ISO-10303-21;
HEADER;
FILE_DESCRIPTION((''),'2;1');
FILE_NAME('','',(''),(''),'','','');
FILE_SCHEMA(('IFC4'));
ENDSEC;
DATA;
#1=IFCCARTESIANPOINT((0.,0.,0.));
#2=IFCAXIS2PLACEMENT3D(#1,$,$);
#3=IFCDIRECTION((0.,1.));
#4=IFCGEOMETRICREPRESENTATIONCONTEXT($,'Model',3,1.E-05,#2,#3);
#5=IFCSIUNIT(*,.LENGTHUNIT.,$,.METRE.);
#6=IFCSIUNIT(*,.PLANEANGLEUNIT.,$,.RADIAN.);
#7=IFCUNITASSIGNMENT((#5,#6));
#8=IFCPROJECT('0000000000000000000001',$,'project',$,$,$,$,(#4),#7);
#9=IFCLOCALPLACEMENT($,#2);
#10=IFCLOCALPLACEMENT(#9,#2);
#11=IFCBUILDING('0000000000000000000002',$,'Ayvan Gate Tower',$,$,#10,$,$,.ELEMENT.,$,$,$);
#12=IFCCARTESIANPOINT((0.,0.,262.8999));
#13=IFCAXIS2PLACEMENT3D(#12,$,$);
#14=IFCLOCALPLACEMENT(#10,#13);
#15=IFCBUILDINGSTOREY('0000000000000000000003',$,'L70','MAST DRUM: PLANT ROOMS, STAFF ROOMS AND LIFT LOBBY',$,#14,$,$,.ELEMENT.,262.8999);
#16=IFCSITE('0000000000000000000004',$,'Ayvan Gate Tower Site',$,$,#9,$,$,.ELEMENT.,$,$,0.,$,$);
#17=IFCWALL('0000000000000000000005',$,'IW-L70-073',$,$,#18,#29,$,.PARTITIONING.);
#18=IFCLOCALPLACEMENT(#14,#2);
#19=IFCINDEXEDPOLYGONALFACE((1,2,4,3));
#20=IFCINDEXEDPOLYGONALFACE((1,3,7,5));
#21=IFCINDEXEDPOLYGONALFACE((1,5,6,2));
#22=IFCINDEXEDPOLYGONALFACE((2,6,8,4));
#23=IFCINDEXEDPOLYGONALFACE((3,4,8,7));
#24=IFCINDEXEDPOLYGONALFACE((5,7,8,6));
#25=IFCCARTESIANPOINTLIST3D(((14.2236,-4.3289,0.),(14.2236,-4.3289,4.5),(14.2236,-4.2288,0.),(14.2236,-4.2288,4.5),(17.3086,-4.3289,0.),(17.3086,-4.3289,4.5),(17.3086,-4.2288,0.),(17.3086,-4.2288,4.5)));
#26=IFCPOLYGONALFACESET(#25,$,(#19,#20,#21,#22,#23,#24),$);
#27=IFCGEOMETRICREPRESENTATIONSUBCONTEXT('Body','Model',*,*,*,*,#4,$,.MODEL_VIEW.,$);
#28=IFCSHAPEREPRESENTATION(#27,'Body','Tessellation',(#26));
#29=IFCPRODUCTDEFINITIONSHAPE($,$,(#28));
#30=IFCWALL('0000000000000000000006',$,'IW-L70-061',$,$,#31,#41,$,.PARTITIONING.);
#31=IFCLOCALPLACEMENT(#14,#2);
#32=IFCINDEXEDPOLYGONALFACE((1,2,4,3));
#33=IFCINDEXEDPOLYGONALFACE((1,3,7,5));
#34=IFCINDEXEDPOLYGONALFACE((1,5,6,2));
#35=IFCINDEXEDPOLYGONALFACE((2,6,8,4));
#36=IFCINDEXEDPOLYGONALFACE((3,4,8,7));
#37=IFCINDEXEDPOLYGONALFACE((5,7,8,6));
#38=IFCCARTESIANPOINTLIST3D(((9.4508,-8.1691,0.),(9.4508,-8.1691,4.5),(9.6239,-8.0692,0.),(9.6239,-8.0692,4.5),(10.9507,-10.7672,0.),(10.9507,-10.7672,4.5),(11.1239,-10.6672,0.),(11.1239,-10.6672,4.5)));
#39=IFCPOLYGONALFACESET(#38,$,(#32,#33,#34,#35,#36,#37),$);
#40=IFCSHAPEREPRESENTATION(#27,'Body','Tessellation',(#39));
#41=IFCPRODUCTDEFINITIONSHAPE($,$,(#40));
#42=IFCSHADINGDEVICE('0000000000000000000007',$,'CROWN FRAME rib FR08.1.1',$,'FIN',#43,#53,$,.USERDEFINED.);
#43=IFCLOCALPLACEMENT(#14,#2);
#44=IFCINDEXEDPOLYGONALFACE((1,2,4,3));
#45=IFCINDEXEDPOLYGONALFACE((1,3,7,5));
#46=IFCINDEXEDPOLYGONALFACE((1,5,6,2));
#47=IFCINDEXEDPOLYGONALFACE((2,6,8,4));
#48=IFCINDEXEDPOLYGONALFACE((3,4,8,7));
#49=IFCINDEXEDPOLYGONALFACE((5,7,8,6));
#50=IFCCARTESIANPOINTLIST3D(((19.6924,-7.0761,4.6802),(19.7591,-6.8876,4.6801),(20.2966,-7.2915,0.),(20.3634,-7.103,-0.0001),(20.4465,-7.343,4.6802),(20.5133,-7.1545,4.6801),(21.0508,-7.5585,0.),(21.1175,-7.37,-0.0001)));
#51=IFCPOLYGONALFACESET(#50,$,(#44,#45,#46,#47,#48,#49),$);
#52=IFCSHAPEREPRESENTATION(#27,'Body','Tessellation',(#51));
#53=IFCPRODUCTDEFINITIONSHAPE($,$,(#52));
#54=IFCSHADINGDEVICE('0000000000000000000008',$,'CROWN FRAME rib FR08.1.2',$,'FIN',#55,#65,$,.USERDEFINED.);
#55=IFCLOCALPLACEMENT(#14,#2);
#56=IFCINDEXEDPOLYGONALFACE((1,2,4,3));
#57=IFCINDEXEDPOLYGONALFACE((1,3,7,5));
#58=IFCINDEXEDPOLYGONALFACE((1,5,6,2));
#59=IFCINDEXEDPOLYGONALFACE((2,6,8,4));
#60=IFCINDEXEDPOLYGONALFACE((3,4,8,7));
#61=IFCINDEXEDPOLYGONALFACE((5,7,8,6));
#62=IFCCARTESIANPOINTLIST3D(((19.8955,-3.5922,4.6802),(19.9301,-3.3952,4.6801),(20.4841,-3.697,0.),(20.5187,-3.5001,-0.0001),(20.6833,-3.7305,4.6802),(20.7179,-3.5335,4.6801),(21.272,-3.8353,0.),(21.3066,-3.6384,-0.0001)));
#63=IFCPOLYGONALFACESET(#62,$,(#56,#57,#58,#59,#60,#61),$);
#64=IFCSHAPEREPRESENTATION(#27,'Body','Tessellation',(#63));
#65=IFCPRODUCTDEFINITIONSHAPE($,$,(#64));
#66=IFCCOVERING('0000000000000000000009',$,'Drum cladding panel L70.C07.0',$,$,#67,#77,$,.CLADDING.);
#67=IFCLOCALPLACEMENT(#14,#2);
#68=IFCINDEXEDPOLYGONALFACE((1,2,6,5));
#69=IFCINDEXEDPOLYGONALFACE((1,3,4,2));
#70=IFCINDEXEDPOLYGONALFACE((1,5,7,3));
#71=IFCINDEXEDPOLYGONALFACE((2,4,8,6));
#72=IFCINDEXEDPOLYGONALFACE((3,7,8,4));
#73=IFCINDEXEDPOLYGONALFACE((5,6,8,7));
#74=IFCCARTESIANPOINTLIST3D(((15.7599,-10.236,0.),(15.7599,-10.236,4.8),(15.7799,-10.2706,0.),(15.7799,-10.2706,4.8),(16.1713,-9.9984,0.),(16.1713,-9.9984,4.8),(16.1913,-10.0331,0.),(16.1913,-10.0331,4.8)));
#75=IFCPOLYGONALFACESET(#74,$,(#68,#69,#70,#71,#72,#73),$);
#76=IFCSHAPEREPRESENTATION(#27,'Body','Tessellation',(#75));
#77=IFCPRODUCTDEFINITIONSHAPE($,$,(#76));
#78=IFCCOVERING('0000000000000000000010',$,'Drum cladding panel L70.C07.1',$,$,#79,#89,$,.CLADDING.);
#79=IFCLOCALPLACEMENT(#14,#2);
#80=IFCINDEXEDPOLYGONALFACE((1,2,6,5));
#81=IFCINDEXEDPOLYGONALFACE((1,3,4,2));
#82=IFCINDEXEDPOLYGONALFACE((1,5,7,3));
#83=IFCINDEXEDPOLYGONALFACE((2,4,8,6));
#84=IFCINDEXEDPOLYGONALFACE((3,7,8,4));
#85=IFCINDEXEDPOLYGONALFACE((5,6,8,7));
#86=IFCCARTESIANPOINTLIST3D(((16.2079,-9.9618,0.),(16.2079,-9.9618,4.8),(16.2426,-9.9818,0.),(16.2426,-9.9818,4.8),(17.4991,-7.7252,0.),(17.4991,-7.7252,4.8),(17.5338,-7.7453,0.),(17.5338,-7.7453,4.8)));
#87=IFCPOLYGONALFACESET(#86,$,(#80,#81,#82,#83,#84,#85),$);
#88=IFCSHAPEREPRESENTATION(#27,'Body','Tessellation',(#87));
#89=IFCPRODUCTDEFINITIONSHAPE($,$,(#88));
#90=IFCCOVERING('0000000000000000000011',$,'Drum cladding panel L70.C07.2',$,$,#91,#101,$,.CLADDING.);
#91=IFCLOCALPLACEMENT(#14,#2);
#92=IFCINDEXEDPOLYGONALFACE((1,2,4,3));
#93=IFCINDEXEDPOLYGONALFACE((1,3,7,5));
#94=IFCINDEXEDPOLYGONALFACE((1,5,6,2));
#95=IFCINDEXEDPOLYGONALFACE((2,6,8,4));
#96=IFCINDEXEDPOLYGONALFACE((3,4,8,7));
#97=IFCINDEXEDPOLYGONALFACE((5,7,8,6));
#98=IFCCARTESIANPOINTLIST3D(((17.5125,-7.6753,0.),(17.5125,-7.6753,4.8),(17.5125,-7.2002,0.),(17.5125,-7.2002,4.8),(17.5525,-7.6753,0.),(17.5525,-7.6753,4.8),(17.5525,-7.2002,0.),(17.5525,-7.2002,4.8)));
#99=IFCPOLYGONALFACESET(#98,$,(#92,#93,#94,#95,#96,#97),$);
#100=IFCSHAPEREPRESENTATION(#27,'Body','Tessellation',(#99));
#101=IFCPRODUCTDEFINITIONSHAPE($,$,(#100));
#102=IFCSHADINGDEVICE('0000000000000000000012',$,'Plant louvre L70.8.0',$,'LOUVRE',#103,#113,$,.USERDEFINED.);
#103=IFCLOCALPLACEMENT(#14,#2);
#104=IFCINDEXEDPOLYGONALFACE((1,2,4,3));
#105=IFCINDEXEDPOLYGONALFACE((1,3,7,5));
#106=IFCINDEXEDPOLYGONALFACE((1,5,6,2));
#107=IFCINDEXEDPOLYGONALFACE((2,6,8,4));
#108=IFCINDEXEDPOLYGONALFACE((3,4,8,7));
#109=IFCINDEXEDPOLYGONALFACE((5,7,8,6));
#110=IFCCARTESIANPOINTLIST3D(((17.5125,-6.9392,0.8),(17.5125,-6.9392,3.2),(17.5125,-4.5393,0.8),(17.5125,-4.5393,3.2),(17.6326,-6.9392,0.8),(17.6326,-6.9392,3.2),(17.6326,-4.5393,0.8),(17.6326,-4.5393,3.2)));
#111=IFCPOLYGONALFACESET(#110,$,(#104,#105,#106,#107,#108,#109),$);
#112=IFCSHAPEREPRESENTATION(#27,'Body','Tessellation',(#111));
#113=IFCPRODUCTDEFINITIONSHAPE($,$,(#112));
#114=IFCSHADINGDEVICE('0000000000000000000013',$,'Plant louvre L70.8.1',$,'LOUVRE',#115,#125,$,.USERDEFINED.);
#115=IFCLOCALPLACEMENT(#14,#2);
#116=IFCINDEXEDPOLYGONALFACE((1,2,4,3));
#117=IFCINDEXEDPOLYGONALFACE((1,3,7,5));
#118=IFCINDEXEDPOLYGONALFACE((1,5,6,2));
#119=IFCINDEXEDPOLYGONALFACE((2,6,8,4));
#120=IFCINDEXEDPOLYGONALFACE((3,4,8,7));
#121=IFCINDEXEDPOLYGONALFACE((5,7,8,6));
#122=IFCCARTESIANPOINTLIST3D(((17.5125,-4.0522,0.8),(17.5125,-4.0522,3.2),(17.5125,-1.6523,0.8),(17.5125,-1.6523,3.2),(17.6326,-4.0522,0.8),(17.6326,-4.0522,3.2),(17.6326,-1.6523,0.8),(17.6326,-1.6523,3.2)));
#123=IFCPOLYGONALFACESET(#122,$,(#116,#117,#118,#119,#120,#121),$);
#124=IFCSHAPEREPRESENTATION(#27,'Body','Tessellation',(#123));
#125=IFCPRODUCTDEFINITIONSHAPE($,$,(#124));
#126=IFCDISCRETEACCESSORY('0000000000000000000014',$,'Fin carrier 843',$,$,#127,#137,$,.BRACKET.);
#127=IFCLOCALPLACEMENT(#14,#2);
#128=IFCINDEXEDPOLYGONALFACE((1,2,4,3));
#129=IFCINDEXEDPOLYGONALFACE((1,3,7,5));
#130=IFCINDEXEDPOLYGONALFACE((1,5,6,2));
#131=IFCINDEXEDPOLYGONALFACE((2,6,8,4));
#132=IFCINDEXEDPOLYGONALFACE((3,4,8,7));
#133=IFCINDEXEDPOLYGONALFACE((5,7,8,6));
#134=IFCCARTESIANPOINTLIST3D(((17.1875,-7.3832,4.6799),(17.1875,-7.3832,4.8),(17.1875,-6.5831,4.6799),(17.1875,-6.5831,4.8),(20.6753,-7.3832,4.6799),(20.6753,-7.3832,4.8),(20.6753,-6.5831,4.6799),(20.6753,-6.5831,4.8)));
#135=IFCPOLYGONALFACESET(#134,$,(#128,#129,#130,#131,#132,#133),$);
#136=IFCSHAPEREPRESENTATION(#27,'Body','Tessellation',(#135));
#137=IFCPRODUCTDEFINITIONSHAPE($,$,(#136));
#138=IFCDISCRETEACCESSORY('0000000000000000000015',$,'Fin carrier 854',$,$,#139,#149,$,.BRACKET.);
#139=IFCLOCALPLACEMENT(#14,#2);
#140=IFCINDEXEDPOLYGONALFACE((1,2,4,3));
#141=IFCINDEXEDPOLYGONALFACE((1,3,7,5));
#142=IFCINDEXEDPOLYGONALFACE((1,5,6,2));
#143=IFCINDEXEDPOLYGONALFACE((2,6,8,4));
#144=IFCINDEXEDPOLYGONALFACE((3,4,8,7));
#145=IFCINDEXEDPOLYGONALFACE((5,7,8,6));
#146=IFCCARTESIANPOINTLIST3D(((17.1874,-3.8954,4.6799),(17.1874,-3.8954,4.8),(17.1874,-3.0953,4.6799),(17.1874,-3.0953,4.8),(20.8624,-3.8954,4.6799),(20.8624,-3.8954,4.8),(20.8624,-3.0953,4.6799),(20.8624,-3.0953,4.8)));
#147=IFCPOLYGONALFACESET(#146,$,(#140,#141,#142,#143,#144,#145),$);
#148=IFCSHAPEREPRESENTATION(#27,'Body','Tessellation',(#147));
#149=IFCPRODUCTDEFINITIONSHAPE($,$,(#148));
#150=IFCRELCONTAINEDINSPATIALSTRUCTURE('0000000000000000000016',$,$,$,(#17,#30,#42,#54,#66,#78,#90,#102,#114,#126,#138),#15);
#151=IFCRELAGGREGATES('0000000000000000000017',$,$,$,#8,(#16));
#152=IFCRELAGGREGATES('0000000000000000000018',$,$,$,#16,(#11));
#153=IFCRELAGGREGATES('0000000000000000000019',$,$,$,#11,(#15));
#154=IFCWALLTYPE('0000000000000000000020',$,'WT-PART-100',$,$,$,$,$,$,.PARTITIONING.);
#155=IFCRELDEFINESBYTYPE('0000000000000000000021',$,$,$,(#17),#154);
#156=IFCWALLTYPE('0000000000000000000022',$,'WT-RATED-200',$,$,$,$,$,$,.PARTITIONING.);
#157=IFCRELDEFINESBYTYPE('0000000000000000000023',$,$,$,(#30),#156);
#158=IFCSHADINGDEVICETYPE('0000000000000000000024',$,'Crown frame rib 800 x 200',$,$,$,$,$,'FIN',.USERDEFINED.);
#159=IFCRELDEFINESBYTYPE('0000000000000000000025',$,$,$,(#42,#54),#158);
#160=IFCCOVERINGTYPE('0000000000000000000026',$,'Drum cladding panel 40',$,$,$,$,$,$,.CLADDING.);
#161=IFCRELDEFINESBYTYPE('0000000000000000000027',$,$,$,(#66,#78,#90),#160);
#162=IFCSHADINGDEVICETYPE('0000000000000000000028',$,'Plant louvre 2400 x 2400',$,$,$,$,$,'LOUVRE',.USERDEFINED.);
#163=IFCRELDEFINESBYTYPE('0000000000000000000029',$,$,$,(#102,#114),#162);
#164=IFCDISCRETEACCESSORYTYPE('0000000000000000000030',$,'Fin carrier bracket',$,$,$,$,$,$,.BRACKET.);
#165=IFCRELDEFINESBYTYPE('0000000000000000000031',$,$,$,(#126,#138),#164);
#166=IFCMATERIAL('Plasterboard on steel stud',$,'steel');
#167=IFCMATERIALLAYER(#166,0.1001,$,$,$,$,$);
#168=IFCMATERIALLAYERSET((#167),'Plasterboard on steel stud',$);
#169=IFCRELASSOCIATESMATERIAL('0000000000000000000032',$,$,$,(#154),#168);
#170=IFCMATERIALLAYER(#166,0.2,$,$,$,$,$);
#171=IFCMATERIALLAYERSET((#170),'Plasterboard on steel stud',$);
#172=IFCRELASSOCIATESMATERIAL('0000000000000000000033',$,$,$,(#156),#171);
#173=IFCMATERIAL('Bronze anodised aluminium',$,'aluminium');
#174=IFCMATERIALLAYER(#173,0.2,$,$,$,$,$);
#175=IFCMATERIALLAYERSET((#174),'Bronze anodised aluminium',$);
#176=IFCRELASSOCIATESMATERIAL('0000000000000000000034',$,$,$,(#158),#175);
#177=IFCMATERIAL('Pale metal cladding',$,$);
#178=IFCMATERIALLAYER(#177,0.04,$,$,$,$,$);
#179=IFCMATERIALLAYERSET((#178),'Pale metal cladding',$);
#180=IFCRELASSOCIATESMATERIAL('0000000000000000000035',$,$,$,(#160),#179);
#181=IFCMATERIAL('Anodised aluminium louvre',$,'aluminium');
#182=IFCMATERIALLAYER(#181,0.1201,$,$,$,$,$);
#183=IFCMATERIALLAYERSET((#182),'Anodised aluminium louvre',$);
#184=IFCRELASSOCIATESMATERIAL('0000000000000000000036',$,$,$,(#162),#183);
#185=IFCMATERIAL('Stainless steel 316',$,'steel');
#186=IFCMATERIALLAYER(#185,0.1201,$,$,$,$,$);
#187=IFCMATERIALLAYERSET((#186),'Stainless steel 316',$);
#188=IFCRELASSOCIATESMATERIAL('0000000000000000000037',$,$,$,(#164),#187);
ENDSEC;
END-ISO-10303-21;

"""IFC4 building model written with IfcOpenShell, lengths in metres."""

from ifc_helpers import new_model, si_unit, direction, frame, frame_2d, origin, origin_2d, place, context, subcontext, project, spatial, polyline, rectangle, outline, extrude, material, layer, layer_set, type_object, element, save


model = new_model("IFC4")

# Units and contexts
model_context = context("Model", 3, precision=1e-05, world=origin(), true_north=direction((0.0, 1.0)))
body_context = subcontext(model_context, "Body", "Model", "MODEL_VIEW")
ifc_project = project(units=[si_unit("LENGTHUNIT", "METRE"), si_unit("PLANEANGLEUNIT", "RADIAN")], contexts=[model_context])

# Site, building, storey
site_placement = place(None, origin())
site = spatial("IfcSite", under=ifc_project, at=site_placement, Name="Ayvan Gate Tower Site", CompositionType="ELEMENT", RefElevation=0.0)
building_placement = place(site_placement, origin())
building = spatial("IfcBuilding", under=site, at=building_placement, Name="Ayvan Gate Tower", CompositionType="ELEMENT")
storey_placement = place(building_placement, frame((0.0, 0.0, 262.8999)))
storey = spatial("IfcBuildingStorey", under=building, at=storey_placement, Name="L70", Description="MAST DRUM: PLANT ROOMS, STAFF ROOMS AND LIFT LOBBY", CompositionType="ELEMENT", Elevation=262.8999)

# Shared definitions
ifc_material_1 = material(Name="Anodised aluminium louvre", Category="aluminium")

# Shared definitions
ifc_material_2 = material(Name="Plasterboard on steel stud", Category="steel")

# Walls
ifc_layer_1 = layer(ifc_material_2, 0.1001)
ifc_layer_set_1 = layer_set([ifc_layer_1], Name="Plasterboard on steel stud")
wall_type_1 = type_object("IfcWallType", Name="WT-PART-100", PredefinedType="PARTITIONING", material=ifc_layer_set_1)
wall_1_placement = place(storey_placement, frame((17.3086, -4.2788, 0.0), z_axis=(0.0, 0.0, 1.0), x_axis=(-1.0, 0.0, 0.0)))
element("IfcWall", 1, at=wall_1_placement, inside=storey, type_object=wall_type_1, Name="IW-L70-073", PredefinedType="PARTITIONING", context=body_context, shape_type="SweptSolid", body=[
    extrude(rectangle(XDim=3.085, YDim=0.1001, at=frame_2d((1.5425, 0.0))), origin(), (0.0, 0.0, 1.0), 4.5),
])
ifc_layer_2 = layer(ifc_material_2, 0.2)
ifc_layer_set_2 = layer_set([ifc_layer_2], Name="Plasterboard on steel stud")
wall_type_2 = type_object("IfcWallType", Name="WT-RATED-200", PredefinedType="PARTITIONING", material=ifc_layer_set_2)
wall_2_placement = place(storey_placement, frame((9.5374, -8.1191, 0.0), z_axis=(0.0, 0.0, 1.0), x_axis=(0.49999, -0.866031, 0.0)))
element("IfcWall", 2, at=wall_2_placement, inside=storey, type_object=wall_type_2, Name="IW-L70-061", PredefinedType="PARTITIONING", context=body_context, shape_type="SweptSolid", body=[
    extrude(rectangle(XDim=3.0, YDim=0.2, at=frame_2d((1.5, 0.0))), origin(), (0.0, 0.0, 1.0), 4.5),
])

# Shading devices
ifc_material_3 = material(Name="Bronze anodised aluminium", Category="aluminium")
ifc_layer_3 = layer(ifc_material_3, 0.2)
ifc_layer_set_3 = layer_set([ifc_layer_3], Name="Bronze anodised aluminium")
shading_device_type_1 = type_object("IfcShadingDeviceType", Name="Crown frame rib 800 x 200", ElementType="FIN", PredefinedType="USERDEFINED", material=ifc_layer_set_3)
shading_device_1_placement = place(storey_placement, frame((20.2966, -7.2915, 0.0), z_axis=(-0.333706, -0.942677, 0.000312), x_axis=(0.942677, -0.333706, 0.0)))
element("IfcShadingDevice", 3, at=shading_device_1_placement, inside=storey, type_object=shading_device_type_1, Name="CROWN FRAME rib FR08.1.1", ObjectType="FIN", PredefinedType="USERDEFINED", context=body_context, shape_type="SweptSolid", body=[
    extrude(outline(polyline([(0.0, 0.0), (0.8, 0.0), (0.1585, 4.6802), (-0.6415, 4.6802), (0.0, 0.0)])), origin(), (0.0, 0.0, -1.0), 0.2),
])
shading_device_2_placement = place(storey_placement, frame((20.4841, -3.697, 0.0), z_axis=(-0.172906, -0.984938, 0.000321), x_axis=(0.984938, -0.172906, 0.0)))
element("IfcShadingDevice", 4, at=shading_device_2_placement, inside=storey, type_object=shading_device_type_1, Name="CROWN FRAME rib FR08.1.2", ObjectType="FIN", PredefinedType="USERDEFINED", context=body_context, shape_type="SweptSolid", body=[
    extrude(outline(polyline([(0.0, 0.0), (0.7999, 0.0), (0.202, 4.6802), (-0.5979, 4.6802), (0.0, 0.0)])), origin(), (0.0, 0.0, -1.0), 0.2),
])

# Coverings
ifc_material_4 = material(Name="Pale metal cladding")
ifc_layer_4 = layer(ifc_material_4, 0.04)
ifc_layer_set_4 = layer_set([ifc_layer_4], Name="Pale metal cladding")
covering_type = type_object("IfcCoveringType", Name="Drum cladding panel 40", PredefinedType="CLADDING", material=ifc_layer_set_4)
covering_1_placement = place(storey_placement, frame((15.9756, -10.1345, 0.0), z_axis=(0.0, 0.0, 1.0), x_axis=(0.866025, 0.5, 0.0)))
element("IfcCovering", 5, at=covering_1_placement, inside=storey, type_object=covering_type, Name="Drum cladding panel L70.C07.0", PredefinedType="CLADDING", context=body_context, shape_type="SweptSolid", body=[
    extrude(rectangle(XDim=0.4751, YDim=0.04, at=origin_2d()), origin(), (0.0, 0.0, 1.0), 4.8),
])
covering_2_placement = place(storey_placement, frame((16.8708, -8.8535, 0.0), z_axis=(0.0, 0.0, 1.0), x_axis=(0.5, 0.866025, 0.0)))
element("IfcCovering", 6, at=covering_2_placement, inside=storey, type_object=covering_type, Name="Drum cladding panel L70.C07.1", PredefinedType="CLADDING", context=body_context, shape_type="SweptSolid", body=[
    extrude(rectangle(XDim=2.5825, YDim=0.04, at=origin_2d()), origin(), (0.0, 0.0, 1.0), 4.8),
])
covering_3_placement = place(storey_placement, frame((17.5325, -7.4377, 0.0), z_axis=(0.0, 0.0, 1.0), x_axis=(0.0, 1.0, 0.0)))
element("IfcCovering", 7, at=covering_3_placement, inside=storey, type_object=covering_type, Name="Drum cladding panel L70.C07.2", PredefinedType="CLADDING", context=body_context, shape_type="SweptSolid", body=[
    extrude(rectangle(XDim=0.4751, YDim=0.04, at=origin_2d()), origin(), (0.0, 0.0, 1.0), 4.8),
])

# Shading devices
ifc_layer_5 = layer(ifc_material_1, 0.1201)
ifc_layer_set_5 = layer_set([ifc_layer_5], Name="Anodised aluminium louvre")
shading_device_type_2 = type_object("IfcShadingDeviceType", Name="Plant louvre 2400 x 2400", ElementType="LOUVRE", PredefinedType="USERDEFINED", material=ifc_layer_set_5)
for number, where, z_axis, x_axis, name in (
    (8, (17.5725, -5.7393, 0.8), (0.0, 0.0, 1.0), (0.0, 1.0, 0.0), "Plant louvre L70.8.0"),
    (9, (17.5725, -2.8523, 0.8), (0.0, 0.0, 1.0), (0.0, 1.0, 0.0), "Plant louvre L70.8.1"),
):
    element("IfcShadingDevice", number, at=place(storey_placement, frame(where, z_axis=z_axis, x_axis=x_axis)), inside=storey, type_object=shading_device_type_2, Name=name, ObjectType="LOUVRE", PredefinedType="USERDEFINED", context=body_context, shape_type="SweptSolid", body=[
        extrude(rectangle(XDim=2.3999, YDim=0.1201, at=origin_2d()), origin(), (0.0, 0.0, 1.0), 2.3999),
    ])

# Discrete accessories
ifc_material_5 = material(Name="Stainless steel 316", Category="steel")
ifc_layer_6 = layer(ifc_material_5, 0.1201)
ifc_layer_set_6 = layer_set([ifc_layer_6], Name="Stainless steel 316")
discrete_accessory_type = type_object("IfcDiscreteAccessoryType", Name="Fin carrier bracket", PredefinedType="BRACKET", material=ifc_layer_set_6)
discrete_accessory_1_placement = place(storey_placement, frame((18.9314, -6.9832, 4.6799), z_axis=(0.0, 0.0, 1.0), x_axis=(0.0, 1.0, 0.0)))
element("IfcDiscreteAccessory", 10, at=discrete_accessory_1_placement, inside=storey, type_object=discrete_accessory_type, Name="Fin carrier 843", PredefinedType="BRACKET", context=body_context, shape_type="SweptSolid", body=[
    extrude(rectangle(XDim=0.8, YDim=3.4878, at=origin_2d()), origin(), (0.0, 0.0, 1.0), 0.1201),
])
discrete_accessory_2_placement = place(storey_placement, frame((19.0249, -3.4954, 4.6799), z_axis=(0.0, 0.0, 1.0), x_axis=(0.0, 1.0, 0.0)))
element("IfcDiscreteAccessory", 11, at=discrete_accessory_2_placement, inside=storey, type_object=discrete_accessory_type, Name="Fin carrier 854", PredefinedType="BRACKET", context=body_context, shape_type="SweptSolid", body=[
    extrude(rectangle(XDim=0.8, YDim=3.675, at=origin_2d()), origin(), (0.0, 0.0, 1.0), 0.1201),
])

save(model, "model.ifc")
